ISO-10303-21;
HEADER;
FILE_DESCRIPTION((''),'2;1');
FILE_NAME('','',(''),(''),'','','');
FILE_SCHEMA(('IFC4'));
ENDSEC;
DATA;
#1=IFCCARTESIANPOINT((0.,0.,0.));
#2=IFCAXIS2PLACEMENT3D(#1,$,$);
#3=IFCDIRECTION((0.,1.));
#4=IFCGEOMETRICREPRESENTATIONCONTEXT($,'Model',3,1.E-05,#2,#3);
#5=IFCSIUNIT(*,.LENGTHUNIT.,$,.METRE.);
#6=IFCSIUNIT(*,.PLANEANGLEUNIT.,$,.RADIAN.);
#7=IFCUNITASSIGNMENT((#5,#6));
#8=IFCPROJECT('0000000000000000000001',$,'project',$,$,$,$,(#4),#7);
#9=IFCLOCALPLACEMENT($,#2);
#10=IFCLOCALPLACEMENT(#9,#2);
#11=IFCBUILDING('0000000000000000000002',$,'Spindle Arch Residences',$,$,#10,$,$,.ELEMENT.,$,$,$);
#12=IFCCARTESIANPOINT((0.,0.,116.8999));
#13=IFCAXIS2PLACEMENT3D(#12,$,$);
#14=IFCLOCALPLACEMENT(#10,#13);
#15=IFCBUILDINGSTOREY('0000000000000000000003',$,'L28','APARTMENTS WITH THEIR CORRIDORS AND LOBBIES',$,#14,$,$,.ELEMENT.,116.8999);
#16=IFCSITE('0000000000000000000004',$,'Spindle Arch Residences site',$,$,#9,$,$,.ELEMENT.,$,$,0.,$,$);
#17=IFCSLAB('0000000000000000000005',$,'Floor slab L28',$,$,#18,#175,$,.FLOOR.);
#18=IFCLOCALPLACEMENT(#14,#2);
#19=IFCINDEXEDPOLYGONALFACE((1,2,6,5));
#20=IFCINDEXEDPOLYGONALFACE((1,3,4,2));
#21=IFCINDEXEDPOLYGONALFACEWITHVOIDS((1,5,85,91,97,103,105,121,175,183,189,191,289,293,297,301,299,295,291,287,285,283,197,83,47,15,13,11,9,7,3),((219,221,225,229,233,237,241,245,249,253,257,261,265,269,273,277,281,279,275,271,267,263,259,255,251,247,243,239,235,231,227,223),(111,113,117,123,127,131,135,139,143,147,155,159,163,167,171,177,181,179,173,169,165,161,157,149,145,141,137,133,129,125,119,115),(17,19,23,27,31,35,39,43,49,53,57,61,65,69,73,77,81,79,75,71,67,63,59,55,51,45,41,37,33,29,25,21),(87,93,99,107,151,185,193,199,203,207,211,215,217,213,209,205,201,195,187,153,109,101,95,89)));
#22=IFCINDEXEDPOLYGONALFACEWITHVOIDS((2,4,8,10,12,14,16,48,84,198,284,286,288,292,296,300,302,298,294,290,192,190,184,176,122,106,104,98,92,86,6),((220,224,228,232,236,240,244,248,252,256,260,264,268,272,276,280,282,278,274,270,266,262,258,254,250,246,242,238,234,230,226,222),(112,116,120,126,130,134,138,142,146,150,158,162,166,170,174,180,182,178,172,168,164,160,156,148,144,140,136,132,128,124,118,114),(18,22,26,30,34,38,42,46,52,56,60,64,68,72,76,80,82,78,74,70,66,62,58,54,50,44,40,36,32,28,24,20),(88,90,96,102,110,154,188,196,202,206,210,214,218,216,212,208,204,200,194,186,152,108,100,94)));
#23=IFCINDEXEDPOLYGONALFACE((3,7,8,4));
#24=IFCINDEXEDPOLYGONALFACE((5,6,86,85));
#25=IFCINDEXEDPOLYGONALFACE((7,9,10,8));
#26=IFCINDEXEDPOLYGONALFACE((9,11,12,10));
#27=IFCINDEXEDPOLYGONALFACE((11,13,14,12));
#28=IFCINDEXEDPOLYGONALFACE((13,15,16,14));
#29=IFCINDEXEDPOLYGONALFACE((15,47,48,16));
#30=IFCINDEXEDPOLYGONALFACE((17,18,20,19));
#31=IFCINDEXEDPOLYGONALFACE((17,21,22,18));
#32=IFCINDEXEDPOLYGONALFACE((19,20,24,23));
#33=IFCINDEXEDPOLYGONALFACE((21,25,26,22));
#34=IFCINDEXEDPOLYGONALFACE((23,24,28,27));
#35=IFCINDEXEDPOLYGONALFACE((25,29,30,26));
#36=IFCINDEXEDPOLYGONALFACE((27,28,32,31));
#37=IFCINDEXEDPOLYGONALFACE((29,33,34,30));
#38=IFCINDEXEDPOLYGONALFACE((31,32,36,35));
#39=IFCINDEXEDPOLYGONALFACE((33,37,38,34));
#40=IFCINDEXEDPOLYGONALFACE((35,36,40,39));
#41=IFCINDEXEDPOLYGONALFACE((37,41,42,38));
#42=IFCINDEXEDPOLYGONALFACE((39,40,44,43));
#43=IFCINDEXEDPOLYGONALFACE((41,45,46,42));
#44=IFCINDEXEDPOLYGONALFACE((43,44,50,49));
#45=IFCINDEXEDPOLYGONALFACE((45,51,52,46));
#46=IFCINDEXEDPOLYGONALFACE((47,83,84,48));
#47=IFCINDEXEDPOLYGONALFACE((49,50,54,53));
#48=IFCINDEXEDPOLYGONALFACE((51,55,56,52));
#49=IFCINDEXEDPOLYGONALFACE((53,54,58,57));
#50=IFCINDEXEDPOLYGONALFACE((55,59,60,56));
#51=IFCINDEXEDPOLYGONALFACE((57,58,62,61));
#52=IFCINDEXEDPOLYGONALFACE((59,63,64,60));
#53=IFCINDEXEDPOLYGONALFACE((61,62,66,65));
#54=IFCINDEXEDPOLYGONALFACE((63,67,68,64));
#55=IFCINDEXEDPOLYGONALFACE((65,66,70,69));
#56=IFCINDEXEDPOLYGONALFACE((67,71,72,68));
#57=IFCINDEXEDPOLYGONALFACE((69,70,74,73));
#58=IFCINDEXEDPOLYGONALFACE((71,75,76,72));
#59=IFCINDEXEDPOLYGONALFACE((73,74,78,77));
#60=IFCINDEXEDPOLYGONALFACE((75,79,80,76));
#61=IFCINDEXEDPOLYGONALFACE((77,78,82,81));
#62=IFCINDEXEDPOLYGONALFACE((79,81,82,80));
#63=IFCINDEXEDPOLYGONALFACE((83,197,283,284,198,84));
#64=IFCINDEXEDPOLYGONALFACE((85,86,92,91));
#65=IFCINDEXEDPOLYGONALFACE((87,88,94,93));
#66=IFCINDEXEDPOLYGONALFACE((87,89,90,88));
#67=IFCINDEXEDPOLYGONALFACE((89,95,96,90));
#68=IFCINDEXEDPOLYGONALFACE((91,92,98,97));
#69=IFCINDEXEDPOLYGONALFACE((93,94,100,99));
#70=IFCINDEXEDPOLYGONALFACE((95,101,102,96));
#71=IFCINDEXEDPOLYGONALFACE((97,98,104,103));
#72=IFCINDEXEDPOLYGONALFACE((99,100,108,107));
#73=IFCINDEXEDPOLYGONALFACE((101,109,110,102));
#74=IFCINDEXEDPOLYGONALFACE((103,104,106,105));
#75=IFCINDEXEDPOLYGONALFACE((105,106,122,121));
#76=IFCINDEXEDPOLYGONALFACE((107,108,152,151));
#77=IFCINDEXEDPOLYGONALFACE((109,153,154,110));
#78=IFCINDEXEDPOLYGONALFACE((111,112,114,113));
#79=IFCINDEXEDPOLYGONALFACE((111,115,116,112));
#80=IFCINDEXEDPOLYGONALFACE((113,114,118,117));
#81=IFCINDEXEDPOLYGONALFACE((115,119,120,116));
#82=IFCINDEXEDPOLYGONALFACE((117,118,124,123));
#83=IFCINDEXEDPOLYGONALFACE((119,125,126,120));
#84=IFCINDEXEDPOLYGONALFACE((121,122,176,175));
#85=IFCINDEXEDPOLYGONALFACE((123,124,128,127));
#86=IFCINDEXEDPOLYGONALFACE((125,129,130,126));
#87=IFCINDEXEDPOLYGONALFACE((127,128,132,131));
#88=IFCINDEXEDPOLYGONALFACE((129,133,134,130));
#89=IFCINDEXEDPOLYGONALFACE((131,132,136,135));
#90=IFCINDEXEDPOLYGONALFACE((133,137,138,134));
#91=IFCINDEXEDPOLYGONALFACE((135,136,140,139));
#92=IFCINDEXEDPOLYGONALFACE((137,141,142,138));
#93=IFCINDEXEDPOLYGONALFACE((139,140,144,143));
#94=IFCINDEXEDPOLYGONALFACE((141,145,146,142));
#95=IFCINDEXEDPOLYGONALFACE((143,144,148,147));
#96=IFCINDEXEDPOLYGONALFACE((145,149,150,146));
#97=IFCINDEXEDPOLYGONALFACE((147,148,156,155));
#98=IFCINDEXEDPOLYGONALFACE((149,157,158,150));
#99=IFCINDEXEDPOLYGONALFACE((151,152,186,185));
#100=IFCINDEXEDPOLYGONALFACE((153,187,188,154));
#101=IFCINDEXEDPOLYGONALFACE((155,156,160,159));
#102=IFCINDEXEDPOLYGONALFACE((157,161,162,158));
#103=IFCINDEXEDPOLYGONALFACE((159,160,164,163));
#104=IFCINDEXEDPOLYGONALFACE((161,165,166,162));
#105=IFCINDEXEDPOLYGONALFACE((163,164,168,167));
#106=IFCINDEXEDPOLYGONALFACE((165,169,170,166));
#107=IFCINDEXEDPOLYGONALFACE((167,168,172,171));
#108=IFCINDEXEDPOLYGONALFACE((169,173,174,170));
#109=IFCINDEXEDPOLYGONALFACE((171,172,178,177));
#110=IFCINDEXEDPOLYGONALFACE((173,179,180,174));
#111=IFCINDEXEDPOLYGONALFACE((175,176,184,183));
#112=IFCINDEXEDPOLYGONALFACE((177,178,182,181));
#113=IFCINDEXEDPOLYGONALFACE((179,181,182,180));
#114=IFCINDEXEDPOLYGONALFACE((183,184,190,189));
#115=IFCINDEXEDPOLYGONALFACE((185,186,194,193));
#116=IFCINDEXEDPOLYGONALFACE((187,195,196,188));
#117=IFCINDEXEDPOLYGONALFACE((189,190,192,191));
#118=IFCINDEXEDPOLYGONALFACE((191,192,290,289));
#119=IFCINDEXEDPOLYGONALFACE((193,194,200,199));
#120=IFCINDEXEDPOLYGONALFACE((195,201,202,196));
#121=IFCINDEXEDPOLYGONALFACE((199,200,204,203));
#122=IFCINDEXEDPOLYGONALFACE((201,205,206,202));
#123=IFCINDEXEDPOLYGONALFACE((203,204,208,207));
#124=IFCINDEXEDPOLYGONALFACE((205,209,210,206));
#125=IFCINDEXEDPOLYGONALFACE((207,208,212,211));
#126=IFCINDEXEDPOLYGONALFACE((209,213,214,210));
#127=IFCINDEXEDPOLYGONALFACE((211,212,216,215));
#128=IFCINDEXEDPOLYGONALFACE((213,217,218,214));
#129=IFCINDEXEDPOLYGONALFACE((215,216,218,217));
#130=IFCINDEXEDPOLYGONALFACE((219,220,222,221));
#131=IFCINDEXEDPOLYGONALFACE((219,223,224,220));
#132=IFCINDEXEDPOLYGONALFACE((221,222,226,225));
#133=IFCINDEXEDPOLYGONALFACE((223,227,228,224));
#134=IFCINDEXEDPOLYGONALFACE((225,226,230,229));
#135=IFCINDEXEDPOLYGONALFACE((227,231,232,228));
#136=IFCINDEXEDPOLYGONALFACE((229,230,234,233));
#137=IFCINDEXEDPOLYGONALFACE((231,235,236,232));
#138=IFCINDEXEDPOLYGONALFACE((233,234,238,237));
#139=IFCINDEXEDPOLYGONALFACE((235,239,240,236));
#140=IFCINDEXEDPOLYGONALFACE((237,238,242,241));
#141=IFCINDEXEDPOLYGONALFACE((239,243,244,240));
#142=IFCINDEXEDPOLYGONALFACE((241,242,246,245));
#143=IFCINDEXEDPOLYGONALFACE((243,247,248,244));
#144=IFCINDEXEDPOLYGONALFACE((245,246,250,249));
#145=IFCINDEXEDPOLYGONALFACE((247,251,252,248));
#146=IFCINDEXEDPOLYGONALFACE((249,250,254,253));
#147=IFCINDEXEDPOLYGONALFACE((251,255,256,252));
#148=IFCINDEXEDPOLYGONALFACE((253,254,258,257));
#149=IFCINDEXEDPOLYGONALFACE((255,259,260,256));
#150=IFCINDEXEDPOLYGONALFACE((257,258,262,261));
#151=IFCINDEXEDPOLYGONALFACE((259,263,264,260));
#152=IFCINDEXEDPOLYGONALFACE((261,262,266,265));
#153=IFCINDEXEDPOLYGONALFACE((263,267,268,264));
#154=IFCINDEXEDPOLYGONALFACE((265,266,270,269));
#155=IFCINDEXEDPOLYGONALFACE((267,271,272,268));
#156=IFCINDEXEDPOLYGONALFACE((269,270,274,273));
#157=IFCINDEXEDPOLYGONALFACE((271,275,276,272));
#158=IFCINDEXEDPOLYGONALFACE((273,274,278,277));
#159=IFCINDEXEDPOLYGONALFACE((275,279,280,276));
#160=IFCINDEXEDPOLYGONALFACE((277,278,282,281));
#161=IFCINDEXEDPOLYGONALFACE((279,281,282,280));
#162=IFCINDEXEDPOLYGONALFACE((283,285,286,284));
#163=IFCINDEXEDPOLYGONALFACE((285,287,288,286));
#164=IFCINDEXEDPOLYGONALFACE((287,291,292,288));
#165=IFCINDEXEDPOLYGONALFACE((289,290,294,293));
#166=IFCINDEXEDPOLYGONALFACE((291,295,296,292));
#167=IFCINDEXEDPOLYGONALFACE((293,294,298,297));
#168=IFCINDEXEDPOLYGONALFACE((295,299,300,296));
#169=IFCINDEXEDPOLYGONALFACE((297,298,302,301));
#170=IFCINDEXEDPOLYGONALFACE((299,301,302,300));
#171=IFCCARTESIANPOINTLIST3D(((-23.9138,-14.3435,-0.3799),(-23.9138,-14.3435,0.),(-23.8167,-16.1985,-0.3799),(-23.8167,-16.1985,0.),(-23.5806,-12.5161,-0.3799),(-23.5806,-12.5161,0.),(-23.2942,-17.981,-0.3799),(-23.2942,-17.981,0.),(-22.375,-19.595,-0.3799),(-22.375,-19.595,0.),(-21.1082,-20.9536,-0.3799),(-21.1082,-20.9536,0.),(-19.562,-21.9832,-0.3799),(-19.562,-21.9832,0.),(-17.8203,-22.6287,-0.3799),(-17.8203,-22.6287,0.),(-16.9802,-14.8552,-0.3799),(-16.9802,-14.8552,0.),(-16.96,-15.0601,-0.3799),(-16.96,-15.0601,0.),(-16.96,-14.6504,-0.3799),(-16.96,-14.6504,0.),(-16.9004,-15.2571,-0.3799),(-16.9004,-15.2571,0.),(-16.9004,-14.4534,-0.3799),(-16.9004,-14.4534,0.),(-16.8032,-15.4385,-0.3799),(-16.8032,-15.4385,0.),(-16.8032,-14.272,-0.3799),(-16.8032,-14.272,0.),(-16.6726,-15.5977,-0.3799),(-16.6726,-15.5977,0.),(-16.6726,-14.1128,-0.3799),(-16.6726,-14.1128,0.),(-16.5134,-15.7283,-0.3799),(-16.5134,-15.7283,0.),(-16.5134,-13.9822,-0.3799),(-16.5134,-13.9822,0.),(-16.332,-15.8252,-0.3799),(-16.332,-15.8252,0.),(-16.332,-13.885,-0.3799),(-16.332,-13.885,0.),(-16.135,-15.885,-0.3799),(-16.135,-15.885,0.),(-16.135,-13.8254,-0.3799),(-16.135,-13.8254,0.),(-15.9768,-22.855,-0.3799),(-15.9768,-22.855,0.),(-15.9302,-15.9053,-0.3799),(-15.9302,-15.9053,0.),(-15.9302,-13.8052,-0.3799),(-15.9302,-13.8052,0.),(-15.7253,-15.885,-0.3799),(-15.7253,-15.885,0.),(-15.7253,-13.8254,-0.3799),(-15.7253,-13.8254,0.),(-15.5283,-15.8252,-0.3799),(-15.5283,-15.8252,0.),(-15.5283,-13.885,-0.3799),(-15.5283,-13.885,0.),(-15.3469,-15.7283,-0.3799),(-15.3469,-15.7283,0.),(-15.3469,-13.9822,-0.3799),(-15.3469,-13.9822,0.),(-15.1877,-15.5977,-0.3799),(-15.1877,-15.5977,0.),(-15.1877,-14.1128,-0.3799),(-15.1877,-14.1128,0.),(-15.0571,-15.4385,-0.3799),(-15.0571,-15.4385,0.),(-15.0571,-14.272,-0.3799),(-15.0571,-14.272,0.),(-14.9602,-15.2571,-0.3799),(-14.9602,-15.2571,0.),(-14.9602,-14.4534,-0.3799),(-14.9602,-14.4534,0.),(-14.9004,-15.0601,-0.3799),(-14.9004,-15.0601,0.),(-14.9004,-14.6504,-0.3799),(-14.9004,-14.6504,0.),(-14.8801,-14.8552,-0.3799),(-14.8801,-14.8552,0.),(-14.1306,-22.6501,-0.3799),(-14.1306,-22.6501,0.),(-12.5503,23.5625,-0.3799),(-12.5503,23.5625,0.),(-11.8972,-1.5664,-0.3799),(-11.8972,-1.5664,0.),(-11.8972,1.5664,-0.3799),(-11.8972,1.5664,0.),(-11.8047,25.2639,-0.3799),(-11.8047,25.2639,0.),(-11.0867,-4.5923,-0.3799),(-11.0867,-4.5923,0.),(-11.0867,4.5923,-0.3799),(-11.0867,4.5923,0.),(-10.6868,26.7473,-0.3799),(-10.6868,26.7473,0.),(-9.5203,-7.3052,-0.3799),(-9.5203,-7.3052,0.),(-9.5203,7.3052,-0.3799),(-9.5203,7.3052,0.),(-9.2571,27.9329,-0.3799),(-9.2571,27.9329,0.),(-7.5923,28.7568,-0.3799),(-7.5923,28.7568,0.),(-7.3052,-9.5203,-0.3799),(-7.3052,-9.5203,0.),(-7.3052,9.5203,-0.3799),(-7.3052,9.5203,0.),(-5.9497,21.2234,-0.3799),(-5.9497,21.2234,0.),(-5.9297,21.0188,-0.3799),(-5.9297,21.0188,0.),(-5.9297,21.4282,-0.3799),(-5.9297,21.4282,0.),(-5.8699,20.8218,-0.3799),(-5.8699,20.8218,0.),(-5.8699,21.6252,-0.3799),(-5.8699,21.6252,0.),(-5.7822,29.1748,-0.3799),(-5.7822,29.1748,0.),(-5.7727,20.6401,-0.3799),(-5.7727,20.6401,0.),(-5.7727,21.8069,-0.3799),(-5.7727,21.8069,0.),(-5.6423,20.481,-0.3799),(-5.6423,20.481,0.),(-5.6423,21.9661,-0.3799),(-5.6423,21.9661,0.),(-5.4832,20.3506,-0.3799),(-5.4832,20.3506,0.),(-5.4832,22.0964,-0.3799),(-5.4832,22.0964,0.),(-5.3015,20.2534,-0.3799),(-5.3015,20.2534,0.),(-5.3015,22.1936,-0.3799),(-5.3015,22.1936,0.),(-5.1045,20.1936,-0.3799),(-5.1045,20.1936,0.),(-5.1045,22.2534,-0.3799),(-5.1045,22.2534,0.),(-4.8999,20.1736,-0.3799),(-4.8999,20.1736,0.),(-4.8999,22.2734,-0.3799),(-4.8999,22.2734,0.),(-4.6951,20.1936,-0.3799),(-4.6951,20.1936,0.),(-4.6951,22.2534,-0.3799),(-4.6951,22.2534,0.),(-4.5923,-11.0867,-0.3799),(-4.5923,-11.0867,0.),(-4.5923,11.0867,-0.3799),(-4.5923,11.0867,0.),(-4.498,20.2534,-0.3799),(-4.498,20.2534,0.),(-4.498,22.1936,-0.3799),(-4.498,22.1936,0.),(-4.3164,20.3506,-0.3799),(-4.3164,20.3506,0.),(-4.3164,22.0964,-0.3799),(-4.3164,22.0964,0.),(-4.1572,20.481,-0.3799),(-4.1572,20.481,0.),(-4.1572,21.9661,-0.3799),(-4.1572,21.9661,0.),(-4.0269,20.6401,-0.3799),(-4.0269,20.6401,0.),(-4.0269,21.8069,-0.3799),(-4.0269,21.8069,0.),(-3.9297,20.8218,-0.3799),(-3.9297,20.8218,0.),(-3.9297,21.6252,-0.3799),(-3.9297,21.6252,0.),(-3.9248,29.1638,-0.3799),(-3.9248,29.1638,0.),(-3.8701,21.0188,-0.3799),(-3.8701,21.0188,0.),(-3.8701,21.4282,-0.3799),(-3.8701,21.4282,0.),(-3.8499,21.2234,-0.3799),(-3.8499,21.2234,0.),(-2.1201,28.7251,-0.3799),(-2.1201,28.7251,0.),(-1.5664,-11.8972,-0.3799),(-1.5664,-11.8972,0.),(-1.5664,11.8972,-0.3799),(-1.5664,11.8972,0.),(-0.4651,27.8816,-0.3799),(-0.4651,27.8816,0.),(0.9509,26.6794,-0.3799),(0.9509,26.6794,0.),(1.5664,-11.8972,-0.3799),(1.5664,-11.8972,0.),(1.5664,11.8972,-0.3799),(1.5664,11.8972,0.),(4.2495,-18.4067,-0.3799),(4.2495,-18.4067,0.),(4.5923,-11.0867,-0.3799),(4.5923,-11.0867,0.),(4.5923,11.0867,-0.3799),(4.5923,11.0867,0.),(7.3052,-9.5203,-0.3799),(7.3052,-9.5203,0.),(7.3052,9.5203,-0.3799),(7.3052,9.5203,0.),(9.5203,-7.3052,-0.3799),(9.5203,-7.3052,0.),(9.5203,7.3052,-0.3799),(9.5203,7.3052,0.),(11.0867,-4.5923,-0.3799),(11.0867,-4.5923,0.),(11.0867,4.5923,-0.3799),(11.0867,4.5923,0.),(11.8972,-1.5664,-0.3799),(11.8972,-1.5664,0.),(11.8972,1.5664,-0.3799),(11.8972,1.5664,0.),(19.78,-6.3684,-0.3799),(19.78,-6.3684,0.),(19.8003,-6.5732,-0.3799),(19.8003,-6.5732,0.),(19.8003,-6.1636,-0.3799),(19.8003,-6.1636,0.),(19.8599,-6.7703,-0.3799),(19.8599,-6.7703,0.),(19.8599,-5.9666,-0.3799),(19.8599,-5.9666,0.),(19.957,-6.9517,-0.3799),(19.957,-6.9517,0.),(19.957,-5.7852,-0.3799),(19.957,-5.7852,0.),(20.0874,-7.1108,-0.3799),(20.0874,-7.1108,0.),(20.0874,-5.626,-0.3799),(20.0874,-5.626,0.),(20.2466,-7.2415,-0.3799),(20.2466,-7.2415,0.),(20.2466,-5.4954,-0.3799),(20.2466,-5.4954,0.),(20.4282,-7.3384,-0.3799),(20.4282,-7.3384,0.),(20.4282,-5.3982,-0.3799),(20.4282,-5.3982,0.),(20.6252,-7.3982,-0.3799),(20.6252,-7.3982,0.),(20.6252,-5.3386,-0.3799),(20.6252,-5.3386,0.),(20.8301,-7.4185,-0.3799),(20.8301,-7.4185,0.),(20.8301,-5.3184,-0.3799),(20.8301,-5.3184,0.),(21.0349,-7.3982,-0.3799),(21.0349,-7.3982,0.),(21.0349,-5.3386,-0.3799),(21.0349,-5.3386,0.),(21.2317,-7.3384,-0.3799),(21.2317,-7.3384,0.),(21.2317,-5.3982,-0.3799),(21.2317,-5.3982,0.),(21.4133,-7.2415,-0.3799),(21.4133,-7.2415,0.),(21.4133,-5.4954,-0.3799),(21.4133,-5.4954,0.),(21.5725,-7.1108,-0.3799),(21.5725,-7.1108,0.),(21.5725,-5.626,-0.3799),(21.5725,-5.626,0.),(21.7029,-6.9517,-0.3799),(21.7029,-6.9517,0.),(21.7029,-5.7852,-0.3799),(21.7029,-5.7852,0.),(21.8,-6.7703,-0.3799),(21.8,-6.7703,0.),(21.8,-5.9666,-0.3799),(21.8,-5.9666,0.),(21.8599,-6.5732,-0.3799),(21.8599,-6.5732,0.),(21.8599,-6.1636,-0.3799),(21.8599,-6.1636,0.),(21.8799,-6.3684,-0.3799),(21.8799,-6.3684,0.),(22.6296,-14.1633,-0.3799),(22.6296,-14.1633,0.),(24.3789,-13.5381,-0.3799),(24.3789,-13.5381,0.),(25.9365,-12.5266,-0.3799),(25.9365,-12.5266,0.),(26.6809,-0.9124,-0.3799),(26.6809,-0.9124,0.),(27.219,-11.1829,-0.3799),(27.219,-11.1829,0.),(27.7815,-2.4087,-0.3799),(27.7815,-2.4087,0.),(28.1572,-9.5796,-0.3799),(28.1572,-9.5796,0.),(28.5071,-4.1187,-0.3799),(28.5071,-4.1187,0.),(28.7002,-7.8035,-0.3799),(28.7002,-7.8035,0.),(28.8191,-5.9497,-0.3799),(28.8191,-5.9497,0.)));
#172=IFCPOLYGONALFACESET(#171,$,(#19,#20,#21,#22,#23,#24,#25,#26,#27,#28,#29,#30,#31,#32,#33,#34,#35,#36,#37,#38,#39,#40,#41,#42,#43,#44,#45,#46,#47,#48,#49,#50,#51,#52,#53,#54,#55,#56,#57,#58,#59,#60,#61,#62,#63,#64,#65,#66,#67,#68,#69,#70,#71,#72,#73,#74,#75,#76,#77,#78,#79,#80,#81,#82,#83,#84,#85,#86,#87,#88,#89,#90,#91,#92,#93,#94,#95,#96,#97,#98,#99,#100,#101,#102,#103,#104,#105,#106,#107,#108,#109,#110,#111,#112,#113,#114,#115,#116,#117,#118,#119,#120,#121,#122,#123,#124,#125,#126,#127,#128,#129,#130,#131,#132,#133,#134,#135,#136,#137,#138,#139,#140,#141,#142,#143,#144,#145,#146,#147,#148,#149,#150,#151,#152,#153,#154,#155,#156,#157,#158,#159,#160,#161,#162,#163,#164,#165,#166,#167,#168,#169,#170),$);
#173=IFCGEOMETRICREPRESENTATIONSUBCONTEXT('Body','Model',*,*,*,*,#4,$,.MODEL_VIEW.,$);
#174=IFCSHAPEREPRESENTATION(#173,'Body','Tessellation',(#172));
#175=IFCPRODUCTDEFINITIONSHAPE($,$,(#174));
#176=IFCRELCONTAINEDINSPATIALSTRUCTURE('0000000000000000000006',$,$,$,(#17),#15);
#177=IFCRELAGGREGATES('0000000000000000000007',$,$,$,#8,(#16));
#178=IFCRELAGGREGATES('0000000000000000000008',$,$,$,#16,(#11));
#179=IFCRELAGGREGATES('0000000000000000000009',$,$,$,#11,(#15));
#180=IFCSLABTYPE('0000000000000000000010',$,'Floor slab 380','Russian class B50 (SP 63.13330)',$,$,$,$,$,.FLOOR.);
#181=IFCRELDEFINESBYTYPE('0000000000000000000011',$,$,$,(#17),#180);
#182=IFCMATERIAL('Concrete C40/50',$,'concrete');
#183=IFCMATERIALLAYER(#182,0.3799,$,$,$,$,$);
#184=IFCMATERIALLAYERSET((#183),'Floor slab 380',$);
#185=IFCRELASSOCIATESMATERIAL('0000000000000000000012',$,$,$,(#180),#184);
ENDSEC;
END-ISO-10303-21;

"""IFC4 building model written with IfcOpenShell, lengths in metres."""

from ifc_helpers import new_model, si_unit, direction, frame, origin, place, context, subcontext, project, spatial, polyline, outline, extrude, material, layer, layer_set, type_object, element, save


model = new_model("IFC4")

# Units and contexts
model_context = context("Model", 3, precision=1e-05, world=origin(), true_north=direction((0.0, 1.0)))
body_context = subcontext(model_context, "Body", "Model", "MODEL_VIEW")
ifc_project = project(units=[si_unit("LENGTHUNIT", "METRE"), si_unit("PLANEANGLEUNIT", "RADIAN")], contexts=[model_context])

# Site, building, storey
site_placement = place(None, origin())
site = spatial("IfcSite", under=ifc_project, at=site_placement, Name="Spindle Arch Residences site", CompositionType="ELEMENT", RefElevation=0.0)
building_placement = place(site_placement, origin())
building = spatial("IfcBuilding", under=site, at=building_placement, Name="Spindle Arch Residences", CompositionType="ELEMENT")
storey_placement = place(building_placement, frame((0.0, 0.0, 116.8999)))
storey = spatial("IfcBuildingStorey", under=building, at=storey_placement, Name="L28", Description="APARTMENTS WITH THEIR CORRIDORS AND LOBBIES", CompositionType="ELEMENT", Elevation=116.8999)

# Slab
ifc_material_1 = material(Name="Concrete C40/50", Category="concrete")
ifc_layer_1 = layer(ifc_material_1, 0.3799)
ifc_layer_set_1 = layer_set([ifc_layer_1], Name="Floor slab 380")
slab_type_1 = type_object("IfcSlabType", Name="Floor slab 380", Description="Russian class B50 (SP 63.13330)", PredefinedType="FLOOR", material=ifc_layer_set_1)
slab_1_placement = place(storey_placement, frame((0.0, 0.0, -0.3799)))
element("IfcSlab", 1, at=slab_1_placement, inside=storey, type_object=slab_type_1, Name="Floor slab L28", PredefinedType="FLOOR", context=body_context, shape_type="SweptSolid", body=[
    extrude(outline(polyline([(-15.9768, -22.855), (-17.8203, -22.6287), (-19.562, -21.9832), (-21.1082, -20.9536), (-22.375, -19.595), (-23.2942, -17.981), (-23.8167, -16.1985), (-23.9138, -14.3435), (-23.5806, -12.5161), (-12.5503, 23.5625), (-11.8047, 25.2639), (-10.6868, 26.7473), (-9.2571, 27.9329), (-7.5923, 28.7568), (-5.7822, 29.1748), (-3.9248, 29.1638), (-2.1201, 28.7251), (-0.4651, 27.8816), (0.9509, 26.6794), (26.6809, -0.9124), (27.7815, -2.4087), (28.5071, -4.1187), (28.8191, -5.9497), (28.7002, -7.8035), (28.1572, -9.5796), (27.219, -11.1829), (25.9365, -12.5266), (24.3789, -13.5381), (22.6296, -14.1633), (4.2495, -18.4067), (-14.1306, -22.6501), (-15.9768, -22.855)]), holes=[polyline([(7.3052, -9.5203), (9.5203, -7.3052), (11.0867, -4.5923), (11.8972, -1.5664), (11.8972, 1.5664), (11.0867, 4.5923), (9.5203, 7.3052), (7.3052, 9.5203), (4.5923, 11.0867), (1.5664, 11.8972), (-1.5664, 11.8972), (-4.5923, 11.0867), (-7.3052, 9.5203), (-9.5203, 7.3052), (-11.0867, 4.5923), (-11.8972, 1.5664), (-11.8972, -1.5664), (-11.0867, -4.5923), (-9.5203, -7.3052), (-7.3052, -9.5203), (-4.5923, -11.0867), (-1.5664, -11.8972), (1.5664, -11.8972), (4.5923, -11.0867), (7.3052, -9.5203)]), polyline([(-15.1877, -15.5977), (-15.0571, -15.4385), (-14.9602, -15.2571), (-14.9004, -15.0601), (-14.8801, -14.8552), (-14.9004, -14.6504), (-14.9602, -14.4534), (-15.0571, -14.272), (-15.1877, -14.1128), (-15.3469, -13.9822), (-15.5283, -13.885), (-15.7253, -13.8254), (-15.9302, -13.8052), (-16.135, -13.8254), (-16.332, -13.885), (-16.5134, -13.9822), (-16.6726, -14.1128), (-16.8032, -14.272), (-16.9004, -14.4534), (-16.96, -14.6504), (-16.9802, -14.8552), (-16.96, -15.0601), (-16.9004, -15.2571), (-16.8032, -15.4385), (-16.6726, -15.5977), (-16.5134, -15.7283), (-16.332, -15.8252), (-16.135, -15.885), (-15.9302, -15.9053), (-15.7253, -15.885), (-15.5283, -15.8252), (-15.3469, -15.7283), (-15.1877, -15.5977)]), polyline([(-4.0269, 20.6401), (-3.9297, 20.8218), (-3.8701, 21.0188), (-3.8499, 21.2234), (-3.8701, 21.4282), (-3.9297, 21.6252), (-4.0269, 21.8069), (-4.1572, 21.9661), (-4.3164, 22.0964), (-4.498, 22.1936), (-4.6951, 22.2534), (-4.8999, 22.2734), (-5.1045, 22.2534), (-5.3015, 22.1936), (-5.4832, 22.0964), (-5.6423, 21.9661), (-5.7727, 21.8069), (-5.8699, 21.6252), (-5.9297, 21.4282), (-5.9497, 21.2234), (-5.9297, 21.0188), (-5.8699, 20.8218), (-5.7727, 20.6401), (-5.6423, 20.481), (-5.4832, 20.3506), (-5.3015, 20.2534), (-5.1045, 20.1936), (-4.8999, 20.1736), (-4.6951, 20.1936), (-4.498, 20.2534), (-4.3164, 20.3506), (-4.1572, 20.481), (-4.0269, 20.6401)]), polyline([(21.7029, -6.9517), (21.8, -6.7703), (21.8599, -6.5732), (21.8799, -6.3684), (21.8599, -6.1636), (21.8, -5.9666), (21.7029, -5.7852), (21.5725, -5.626), (21.4133, -5.4954), (21.2317, -5.3982), (21.0349, -5.3386), (20.8301, -5.3184), (20.6252, -5.3386), (20.4282, -5.3982), (20.2466, -5.4954), (20.0874, -5.626), (19.957, -5.7852), (19.8599, -5.9666), (19.8003, -6.1636), (19.78, -6.3684), (19.8003, -6.5732), (19.8599, -6.7703), (19.957, -6.9517), (20.0874, -7.1108), (20.2466, -7.2415), (20.4282, -7.3384), (20.6252, -7.3982), (20.8301, -7.4185), (21.0349, -7.3982), (21.2317, -7.3384), (21.4133, -7.2415), (21.5725, -7.1108), (21.7029, -6.9517)])]), origin(), (0.0, 0.0, 1.0), 0.3799),
])

save(model, "model.ifc")
